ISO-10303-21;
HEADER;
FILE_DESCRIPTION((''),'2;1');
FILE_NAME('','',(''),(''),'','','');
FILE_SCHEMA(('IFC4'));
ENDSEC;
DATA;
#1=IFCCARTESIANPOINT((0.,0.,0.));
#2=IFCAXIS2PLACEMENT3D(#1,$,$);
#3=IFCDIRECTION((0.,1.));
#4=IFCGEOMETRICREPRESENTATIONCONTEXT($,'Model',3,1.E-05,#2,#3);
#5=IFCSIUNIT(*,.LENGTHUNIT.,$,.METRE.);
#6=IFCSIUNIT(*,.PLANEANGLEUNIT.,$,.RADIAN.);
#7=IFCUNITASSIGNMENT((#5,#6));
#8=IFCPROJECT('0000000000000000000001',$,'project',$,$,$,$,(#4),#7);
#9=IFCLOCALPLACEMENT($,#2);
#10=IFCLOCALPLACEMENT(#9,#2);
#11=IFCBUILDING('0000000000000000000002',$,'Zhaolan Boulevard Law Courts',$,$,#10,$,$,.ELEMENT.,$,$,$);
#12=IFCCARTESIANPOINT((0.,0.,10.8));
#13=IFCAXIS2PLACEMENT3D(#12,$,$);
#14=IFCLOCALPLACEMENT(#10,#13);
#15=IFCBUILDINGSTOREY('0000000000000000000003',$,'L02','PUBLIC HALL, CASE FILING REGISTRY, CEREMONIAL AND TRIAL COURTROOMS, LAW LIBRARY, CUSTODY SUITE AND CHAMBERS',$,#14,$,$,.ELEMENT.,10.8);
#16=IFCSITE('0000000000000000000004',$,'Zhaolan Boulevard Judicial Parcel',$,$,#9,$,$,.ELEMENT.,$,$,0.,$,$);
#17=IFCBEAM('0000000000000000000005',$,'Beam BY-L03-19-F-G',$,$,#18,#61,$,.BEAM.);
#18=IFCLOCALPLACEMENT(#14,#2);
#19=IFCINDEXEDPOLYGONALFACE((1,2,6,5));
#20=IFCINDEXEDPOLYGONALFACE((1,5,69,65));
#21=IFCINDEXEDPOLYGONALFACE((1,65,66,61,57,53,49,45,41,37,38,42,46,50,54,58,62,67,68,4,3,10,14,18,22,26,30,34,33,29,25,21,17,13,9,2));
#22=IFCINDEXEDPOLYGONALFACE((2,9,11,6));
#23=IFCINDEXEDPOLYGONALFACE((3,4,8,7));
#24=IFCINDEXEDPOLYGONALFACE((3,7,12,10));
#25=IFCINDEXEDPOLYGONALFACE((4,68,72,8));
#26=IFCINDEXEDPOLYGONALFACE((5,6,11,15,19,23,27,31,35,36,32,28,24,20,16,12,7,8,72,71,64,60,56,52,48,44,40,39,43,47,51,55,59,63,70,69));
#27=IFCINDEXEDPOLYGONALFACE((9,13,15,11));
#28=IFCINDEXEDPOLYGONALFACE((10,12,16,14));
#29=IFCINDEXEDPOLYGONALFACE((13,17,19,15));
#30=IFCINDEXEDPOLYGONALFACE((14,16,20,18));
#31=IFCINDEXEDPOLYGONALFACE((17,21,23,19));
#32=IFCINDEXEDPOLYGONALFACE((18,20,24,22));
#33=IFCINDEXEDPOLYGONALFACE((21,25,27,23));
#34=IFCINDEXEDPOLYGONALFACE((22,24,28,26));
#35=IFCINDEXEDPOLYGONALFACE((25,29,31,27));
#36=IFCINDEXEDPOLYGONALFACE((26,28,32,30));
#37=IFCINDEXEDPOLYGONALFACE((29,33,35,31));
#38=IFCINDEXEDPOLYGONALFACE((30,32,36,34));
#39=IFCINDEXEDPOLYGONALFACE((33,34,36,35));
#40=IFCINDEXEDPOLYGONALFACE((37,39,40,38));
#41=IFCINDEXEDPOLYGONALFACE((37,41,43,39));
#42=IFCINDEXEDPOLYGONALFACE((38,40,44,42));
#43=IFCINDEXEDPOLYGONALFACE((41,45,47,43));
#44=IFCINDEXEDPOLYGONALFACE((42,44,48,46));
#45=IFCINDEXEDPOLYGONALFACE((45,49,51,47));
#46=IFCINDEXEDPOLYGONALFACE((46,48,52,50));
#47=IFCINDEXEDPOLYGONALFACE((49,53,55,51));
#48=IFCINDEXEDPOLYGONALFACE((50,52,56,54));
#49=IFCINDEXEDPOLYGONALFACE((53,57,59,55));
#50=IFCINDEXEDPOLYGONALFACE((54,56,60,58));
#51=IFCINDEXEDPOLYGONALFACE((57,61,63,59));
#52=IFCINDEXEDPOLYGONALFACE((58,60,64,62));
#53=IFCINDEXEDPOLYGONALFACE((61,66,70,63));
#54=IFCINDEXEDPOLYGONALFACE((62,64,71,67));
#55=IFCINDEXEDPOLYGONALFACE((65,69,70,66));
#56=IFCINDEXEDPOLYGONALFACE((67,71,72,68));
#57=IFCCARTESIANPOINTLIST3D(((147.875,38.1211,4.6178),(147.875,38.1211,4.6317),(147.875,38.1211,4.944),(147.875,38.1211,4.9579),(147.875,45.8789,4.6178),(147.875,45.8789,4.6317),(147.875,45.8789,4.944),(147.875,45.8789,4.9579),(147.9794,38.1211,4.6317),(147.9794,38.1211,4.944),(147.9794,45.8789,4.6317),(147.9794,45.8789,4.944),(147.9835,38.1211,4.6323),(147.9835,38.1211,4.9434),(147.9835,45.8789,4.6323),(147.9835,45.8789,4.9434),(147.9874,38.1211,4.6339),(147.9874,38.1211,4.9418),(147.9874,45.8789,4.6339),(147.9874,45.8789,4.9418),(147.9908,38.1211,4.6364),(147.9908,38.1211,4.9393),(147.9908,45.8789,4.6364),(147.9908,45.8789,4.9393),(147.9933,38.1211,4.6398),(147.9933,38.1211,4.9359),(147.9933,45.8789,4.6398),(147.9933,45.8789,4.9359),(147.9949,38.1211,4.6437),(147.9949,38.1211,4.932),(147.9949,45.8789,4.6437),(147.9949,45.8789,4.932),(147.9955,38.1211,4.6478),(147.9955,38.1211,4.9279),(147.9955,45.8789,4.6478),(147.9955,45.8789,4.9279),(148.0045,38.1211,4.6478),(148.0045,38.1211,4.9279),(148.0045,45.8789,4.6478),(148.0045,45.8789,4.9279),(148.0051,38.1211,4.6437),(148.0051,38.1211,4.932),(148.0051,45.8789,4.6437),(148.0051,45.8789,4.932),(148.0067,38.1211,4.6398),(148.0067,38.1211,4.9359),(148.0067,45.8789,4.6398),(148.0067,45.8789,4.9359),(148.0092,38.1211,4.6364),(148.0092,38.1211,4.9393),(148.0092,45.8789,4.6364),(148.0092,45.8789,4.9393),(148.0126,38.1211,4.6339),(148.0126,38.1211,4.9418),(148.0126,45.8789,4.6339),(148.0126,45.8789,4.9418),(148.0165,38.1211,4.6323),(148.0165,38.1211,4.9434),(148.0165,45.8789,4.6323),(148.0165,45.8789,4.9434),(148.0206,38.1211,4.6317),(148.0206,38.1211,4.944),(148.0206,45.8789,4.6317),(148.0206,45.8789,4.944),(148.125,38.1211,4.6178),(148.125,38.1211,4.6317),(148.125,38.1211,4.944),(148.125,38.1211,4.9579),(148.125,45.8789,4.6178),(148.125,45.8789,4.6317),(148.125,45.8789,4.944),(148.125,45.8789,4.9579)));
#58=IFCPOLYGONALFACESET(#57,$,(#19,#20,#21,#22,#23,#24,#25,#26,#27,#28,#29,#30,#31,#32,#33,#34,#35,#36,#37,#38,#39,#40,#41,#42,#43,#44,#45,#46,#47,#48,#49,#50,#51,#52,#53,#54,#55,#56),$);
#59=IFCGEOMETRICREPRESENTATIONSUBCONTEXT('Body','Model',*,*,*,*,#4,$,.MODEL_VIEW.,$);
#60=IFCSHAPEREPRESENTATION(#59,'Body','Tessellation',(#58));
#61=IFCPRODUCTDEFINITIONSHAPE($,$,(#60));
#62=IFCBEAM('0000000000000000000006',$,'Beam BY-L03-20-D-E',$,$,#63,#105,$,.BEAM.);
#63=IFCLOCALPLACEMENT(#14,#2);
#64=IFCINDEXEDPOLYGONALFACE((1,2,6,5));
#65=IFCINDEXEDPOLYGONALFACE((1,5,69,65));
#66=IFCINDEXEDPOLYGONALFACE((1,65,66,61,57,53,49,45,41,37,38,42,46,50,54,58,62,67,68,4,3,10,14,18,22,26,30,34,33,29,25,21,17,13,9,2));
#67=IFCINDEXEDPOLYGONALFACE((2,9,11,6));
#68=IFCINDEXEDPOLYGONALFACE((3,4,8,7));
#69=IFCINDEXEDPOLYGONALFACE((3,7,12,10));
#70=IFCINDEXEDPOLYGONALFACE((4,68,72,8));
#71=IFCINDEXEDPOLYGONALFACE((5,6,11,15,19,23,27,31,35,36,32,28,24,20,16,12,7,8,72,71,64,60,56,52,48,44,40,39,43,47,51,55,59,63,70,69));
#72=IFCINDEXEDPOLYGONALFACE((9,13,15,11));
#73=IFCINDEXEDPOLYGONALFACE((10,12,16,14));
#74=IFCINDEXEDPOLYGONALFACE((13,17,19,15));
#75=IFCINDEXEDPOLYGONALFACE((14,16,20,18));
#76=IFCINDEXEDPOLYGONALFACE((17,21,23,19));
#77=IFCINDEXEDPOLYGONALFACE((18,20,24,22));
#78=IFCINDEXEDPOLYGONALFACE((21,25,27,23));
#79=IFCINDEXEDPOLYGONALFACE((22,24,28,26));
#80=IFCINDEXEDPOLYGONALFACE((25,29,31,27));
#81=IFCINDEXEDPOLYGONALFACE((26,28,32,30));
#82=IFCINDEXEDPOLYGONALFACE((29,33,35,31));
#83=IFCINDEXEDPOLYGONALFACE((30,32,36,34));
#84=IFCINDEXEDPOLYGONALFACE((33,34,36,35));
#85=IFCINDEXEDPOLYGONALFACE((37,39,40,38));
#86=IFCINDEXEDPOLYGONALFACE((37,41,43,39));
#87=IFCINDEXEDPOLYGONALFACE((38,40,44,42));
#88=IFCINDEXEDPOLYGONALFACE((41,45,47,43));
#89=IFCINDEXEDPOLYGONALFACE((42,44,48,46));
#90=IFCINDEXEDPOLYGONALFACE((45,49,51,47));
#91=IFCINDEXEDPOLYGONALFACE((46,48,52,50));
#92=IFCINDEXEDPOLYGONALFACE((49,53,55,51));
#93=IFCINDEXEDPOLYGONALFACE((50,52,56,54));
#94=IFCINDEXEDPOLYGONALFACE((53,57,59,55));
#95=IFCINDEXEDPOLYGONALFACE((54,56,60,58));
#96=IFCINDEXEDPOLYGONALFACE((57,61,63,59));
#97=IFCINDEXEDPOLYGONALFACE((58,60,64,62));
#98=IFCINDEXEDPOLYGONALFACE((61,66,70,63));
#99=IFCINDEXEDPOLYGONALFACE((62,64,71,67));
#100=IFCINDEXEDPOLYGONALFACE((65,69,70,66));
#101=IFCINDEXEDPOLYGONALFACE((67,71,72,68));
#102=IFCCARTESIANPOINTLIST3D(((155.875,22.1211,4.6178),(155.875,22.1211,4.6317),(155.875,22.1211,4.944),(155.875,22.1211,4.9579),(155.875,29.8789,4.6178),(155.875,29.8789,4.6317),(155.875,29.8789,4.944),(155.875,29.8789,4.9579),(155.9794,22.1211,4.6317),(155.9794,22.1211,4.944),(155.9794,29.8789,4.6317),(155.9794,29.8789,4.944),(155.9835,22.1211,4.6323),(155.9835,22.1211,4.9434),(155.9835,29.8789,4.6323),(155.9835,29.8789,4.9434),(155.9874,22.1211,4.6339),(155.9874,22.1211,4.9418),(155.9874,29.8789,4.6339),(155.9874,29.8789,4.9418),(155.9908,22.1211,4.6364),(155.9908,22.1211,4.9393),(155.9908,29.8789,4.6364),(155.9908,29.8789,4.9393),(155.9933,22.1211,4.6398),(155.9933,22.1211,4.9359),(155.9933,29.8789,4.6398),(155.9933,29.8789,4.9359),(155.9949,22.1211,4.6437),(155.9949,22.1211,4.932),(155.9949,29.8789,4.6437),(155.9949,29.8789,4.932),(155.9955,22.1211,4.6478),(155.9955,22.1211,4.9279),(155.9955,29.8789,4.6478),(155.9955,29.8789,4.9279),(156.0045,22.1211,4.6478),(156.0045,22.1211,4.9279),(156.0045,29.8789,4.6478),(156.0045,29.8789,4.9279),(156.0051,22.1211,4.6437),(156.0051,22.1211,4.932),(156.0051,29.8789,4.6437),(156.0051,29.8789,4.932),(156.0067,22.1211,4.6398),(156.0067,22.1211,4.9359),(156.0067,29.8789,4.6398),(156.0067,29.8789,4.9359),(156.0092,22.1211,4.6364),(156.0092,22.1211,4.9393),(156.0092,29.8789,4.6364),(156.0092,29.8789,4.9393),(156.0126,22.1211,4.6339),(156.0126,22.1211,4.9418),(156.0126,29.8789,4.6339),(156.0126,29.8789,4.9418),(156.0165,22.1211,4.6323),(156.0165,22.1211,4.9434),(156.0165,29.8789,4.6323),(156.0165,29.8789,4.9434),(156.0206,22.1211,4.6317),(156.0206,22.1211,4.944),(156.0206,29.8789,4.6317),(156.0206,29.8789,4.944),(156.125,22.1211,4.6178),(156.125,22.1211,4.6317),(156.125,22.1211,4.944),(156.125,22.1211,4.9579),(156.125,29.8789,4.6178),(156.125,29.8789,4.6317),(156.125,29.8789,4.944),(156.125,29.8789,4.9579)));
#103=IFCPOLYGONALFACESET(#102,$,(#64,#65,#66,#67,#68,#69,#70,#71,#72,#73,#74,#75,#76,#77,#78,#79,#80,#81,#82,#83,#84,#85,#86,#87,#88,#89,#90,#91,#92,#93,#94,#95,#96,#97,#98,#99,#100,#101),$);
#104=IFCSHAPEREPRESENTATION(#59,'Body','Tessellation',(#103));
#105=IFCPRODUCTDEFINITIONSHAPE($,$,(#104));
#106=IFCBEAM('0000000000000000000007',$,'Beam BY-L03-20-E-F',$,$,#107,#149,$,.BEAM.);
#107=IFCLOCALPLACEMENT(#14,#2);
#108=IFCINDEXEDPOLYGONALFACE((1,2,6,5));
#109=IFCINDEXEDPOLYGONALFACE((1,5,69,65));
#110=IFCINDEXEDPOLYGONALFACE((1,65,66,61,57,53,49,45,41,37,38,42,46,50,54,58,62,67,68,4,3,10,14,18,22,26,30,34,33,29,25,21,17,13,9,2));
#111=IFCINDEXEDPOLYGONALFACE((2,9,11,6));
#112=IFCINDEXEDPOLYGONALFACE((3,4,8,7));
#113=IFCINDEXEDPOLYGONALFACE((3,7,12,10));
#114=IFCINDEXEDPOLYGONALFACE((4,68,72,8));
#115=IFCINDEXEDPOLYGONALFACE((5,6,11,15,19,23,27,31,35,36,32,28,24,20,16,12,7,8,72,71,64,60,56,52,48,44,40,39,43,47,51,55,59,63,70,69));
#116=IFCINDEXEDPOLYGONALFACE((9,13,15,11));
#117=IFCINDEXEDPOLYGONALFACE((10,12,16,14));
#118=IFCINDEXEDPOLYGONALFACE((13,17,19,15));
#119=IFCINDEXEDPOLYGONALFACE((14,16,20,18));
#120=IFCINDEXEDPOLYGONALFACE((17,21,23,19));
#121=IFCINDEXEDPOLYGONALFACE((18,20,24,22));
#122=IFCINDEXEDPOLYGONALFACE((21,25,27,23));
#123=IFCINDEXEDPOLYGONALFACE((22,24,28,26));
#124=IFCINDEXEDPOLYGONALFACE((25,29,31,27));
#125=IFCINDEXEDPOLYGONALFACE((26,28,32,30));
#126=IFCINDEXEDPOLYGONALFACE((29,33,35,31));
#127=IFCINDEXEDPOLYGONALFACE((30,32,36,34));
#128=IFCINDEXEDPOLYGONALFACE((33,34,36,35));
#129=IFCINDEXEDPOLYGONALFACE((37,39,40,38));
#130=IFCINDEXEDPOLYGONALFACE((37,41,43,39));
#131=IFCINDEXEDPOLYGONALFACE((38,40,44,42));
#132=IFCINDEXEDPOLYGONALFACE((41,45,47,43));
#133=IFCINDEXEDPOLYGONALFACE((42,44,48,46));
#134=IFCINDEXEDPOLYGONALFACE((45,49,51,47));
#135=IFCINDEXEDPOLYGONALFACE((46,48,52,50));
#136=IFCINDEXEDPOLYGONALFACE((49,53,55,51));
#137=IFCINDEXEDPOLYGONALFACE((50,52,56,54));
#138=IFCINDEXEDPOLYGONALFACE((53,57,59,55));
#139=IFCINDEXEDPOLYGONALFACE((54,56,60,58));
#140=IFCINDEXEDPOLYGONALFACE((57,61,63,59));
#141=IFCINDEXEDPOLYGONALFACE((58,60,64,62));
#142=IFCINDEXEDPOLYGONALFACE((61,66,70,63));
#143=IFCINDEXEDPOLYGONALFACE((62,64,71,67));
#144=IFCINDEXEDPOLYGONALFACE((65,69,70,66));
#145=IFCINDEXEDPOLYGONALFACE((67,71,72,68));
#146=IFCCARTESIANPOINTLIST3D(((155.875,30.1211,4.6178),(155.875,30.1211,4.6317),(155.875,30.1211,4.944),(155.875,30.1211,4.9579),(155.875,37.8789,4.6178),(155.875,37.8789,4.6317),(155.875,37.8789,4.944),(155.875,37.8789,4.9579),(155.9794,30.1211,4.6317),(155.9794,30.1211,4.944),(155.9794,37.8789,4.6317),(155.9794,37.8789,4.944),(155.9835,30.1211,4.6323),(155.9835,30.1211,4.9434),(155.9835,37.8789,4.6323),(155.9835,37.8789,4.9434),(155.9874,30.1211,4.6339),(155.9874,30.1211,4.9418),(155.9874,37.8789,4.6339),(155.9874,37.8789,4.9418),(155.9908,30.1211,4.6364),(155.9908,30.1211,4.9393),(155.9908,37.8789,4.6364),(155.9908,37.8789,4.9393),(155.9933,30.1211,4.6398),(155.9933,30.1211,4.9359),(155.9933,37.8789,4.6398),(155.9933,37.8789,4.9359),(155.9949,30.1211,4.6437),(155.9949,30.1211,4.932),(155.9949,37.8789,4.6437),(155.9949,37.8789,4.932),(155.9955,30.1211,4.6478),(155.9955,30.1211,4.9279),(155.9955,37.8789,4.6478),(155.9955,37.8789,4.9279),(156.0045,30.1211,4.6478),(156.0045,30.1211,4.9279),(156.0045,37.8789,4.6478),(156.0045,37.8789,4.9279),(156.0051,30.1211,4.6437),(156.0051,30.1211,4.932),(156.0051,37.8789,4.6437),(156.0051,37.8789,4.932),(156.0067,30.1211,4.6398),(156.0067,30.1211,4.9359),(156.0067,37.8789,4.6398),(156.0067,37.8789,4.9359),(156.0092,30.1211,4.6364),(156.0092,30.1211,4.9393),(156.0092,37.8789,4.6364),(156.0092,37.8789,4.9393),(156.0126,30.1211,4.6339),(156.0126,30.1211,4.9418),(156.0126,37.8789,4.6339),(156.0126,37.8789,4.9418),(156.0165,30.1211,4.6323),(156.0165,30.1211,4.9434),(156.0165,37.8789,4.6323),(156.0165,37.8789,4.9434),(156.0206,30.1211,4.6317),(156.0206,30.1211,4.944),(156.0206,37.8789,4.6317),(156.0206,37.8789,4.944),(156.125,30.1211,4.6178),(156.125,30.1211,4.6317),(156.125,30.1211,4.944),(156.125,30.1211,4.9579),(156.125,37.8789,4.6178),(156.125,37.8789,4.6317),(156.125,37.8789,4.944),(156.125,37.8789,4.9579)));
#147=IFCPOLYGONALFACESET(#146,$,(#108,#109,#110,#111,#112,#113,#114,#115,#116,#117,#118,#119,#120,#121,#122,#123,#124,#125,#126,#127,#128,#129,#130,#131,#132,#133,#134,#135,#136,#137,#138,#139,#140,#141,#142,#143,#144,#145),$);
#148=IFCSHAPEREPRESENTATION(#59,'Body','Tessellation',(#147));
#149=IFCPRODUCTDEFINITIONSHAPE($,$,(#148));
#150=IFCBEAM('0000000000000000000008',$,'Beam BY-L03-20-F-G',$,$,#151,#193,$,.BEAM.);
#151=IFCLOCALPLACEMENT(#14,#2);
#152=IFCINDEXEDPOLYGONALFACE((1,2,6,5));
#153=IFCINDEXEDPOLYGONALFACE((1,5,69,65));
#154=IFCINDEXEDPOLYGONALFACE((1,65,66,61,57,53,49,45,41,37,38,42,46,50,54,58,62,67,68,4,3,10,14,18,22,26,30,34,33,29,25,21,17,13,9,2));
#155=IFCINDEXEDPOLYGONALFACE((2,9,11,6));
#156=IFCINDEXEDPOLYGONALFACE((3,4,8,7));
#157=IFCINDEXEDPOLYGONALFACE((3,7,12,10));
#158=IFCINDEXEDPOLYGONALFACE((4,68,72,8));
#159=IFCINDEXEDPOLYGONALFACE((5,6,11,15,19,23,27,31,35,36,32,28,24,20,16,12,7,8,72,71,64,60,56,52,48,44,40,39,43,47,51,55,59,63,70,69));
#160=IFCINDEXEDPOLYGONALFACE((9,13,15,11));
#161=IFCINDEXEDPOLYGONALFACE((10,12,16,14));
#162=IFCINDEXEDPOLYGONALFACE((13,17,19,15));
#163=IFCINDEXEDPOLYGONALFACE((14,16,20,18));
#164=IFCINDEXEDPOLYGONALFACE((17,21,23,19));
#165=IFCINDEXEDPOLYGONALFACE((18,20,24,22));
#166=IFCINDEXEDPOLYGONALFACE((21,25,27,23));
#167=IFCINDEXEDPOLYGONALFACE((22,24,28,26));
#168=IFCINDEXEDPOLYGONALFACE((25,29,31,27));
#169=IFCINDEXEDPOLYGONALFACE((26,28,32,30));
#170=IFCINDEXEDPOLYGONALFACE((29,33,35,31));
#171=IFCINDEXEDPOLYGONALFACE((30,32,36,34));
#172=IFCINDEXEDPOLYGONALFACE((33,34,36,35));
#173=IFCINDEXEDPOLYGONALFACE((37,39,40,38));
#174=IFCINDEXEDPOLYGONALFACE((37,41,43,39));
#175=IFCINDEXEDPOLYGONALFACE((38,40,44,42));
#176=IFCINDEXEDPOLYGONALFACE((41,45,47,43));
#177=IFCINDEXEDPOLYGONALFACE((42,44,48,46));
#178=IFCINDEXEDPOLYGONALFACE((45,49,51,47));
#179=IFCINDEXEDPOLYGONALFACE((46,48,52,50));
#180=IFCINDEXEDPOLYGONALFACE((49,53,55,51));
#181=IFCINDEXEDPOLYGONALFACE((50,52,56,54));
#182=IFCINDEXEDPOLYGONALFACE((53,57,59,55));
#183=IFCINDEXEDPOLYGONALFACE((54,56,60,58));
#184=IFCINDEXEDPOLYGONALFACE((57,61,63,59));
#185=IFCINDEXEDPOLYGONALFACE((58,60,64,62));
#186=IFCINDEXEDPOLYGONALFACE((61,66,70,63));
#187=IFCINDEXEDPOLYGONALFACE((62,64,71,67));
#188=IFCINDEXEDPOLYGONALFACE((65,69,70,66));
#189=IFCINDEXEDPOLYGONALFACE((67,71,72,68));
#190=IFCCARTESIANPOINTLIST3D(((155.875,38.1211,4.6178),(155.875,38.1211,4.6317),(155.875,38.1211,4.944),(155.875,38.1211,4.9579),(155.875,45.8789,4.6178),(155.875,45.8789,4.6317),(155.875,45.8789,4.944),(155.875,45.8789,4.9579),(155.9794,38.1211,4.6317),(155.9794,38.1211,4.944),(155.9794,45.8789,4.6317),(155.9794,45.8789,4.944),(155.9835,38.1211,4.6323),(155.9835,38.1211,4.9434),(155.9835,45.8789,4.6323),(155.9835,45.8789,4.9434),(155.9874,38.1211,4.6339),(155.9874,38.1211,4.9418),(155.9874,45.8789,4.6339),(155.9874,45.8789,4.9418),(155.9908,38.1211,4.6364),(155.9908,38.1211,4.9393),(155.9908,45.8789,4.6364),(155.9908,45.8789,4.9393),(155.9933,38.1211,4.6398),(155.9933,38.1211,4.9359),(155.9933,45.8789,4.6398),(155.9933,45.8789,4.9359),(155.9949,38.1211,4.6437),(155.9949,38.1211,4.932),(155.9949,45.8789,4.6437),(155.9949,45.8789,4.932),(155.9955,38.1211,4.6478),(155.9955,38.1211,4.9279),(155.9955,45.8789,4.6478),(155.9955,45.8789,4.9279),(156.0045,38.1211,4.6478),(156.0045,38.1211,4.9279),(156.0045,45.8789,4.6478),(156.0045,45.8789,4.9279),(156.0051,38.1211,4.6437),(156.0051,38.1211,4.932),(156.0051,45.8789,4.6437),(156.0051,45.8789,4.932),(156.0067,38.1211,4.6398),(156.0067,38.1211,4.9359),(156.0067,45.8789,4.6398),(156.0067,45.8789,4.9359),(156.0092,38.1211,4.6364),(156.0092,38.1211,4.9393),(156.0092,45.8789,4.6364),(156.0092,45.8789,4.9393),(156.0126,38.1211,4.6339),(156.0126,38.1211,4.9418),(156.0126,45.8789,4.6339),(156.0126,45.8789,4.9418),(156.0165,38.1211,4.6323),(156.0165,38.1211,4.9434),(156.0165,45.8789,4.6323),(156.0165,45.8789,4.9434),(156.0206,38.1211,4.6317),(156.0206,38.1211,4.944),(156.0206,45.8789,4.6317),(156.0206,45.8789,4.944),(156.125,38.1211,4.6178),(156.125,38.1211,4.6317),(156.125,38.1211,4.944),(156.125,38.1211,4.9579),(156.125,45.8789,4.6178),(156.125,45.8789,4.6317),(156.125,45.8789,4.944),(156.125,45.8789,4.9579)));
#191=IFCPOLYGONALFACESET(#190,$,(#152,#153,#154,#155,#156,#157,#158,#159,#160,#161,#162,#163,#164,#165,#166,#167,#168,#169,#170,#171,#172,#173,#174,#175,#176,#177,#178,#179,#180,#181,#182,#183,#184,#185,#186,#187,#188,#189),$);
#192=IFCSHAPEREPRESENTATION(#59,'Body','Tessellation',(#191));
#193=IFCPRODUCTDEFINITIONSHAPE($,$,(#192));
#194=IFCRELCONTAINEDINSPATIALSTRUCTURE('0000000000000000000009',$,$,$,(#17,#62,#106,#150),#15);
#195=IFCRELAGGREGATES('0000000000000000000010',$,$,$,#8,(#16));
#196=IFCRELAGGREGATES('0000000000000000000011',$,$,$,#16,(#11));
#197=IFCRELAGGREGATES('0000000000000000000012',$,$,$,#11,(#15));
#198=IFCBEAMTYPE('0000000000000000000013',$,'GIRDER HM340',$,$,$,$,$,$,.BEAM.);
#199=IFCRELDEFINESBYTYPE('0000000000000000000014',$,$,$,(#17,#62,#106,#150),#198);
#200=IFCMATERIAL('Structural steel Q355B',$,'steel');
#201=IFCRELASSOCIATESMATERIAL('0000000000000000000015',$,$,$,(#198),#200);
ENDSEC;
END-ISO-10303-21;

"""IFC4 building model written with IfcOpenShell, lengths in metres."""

from ifc_helpers import new_model, si_unit, direction, frame, origin, origin_2d, place, context, subcontext, project, spatial, i_section, extrude, material, material_profile, profile_set, type_object, element, save


model = new_model("IFC4")

# Units and contexts
model_context = context("Model", 3, precision=1e-05, world=origin(), true_north=direction((0.0, 1.0)))
body_context = subcontext(model_context, "Body", "Model", "MODEL_VIEW")
ifc_project = project(units=[si_unit("LENGTHUNIT", "METRE"), si_unit("PLANEANGLEUNIT", "RADIAN")], contexts=[model_context])

# Site, building, storey
site_placement = place(None, origin())
site = spatial("IfcSite", under=ifc_project, at=site_placement, Name="Zhaolan Boulevard Judicial Parcel", CompositionType="ELEMENT", RefElevation=0.0)
building_placement = place(site_placement, origin())
building = spatial("IfcBuilding", under=site, at=building_placement, Name="Zhaolan Boulevard Law Courts", CompositionType="ELEMENT")
storey_placement = place(building_placement, frame((0.0, 0.0, 10.8)))
storey = spatial("IfcBuildingStorey", under=building, at=storey_placement, Name="L02", Description="PUBLIC HALL, CASE FILING REGISTRY, CEREMONIAL AND TRIAL COURTROOMS, LAW LIBRARY, CUSTODY SUITE AND CHAMBERS", CompositionType="ELEMENT", Elevation=10.8)

# Beams
ifc_material_1 = material(Name="Structural steel Q355B", Category="steel")
ifc_material_profile_1 = material_profile(ifc_material_1, i_section(OverallWidth=0.25, OverallDepth=0.3401, WebThickness=0.009, FlangeThickness=0.0139, FilletRadius=0.0161, at=origin_2d()), Name="HM340x250")
ifc_profile_set_1 = profile_set([ifc_material_profile_1], Name="Structural steel Q355B")
beam_type_1 = type_object("IfcBeamType", Name="GIRDER HM340", PredefinedType="BEAM", material=ifc_profile_set_1)
for number, where, z_axis, x_axis, name in (
    (1, (148.0, 38.1211, 4.7878), (0.0, 1.0, 0.0), (-1.0, 0.0, 0.0), "Beam BY-L03-19-F-G"),
    (2, (156.0, 22.1211, 4.7878), (0.0, 1.0, 0.0), (-1.0, 0.0, 0.0), "Beam BY-L03-20-D-E"),
    (3, (156.0, 30.1211, 4.7878), (0.0, 1.0, 0.0), (-1.0, 0.0, 0.0), "Beam BY-L03-20-E-F"),
    (4, (156.0, 38.1211, 4.7878), (0.0, 1.0, 0.0), (-1.0, 0.0, 0.0), "Beam BY-L03-20-F-G"),
):
    element("IfcBeam", number, at=place(storey_placement, frame(where, z_axis=z_axis, x_axis=x_axis)), inside=storey, type_object=beam_type_1, Name=name, PredefinedType="BEAM", context=body_context, shape_type="SweptSolid", body=[
        extrude(i_section(OverallWidth=0.25, OverallDepth=0.3401, WebThickness=0.009, FlangeThickness=0.0139, FilletRadius=0.0161, at=origin_2d()), origin(), (0.0, 0.0, 1.0), 7.7578),
    ])

save(model, "model.ifc")
